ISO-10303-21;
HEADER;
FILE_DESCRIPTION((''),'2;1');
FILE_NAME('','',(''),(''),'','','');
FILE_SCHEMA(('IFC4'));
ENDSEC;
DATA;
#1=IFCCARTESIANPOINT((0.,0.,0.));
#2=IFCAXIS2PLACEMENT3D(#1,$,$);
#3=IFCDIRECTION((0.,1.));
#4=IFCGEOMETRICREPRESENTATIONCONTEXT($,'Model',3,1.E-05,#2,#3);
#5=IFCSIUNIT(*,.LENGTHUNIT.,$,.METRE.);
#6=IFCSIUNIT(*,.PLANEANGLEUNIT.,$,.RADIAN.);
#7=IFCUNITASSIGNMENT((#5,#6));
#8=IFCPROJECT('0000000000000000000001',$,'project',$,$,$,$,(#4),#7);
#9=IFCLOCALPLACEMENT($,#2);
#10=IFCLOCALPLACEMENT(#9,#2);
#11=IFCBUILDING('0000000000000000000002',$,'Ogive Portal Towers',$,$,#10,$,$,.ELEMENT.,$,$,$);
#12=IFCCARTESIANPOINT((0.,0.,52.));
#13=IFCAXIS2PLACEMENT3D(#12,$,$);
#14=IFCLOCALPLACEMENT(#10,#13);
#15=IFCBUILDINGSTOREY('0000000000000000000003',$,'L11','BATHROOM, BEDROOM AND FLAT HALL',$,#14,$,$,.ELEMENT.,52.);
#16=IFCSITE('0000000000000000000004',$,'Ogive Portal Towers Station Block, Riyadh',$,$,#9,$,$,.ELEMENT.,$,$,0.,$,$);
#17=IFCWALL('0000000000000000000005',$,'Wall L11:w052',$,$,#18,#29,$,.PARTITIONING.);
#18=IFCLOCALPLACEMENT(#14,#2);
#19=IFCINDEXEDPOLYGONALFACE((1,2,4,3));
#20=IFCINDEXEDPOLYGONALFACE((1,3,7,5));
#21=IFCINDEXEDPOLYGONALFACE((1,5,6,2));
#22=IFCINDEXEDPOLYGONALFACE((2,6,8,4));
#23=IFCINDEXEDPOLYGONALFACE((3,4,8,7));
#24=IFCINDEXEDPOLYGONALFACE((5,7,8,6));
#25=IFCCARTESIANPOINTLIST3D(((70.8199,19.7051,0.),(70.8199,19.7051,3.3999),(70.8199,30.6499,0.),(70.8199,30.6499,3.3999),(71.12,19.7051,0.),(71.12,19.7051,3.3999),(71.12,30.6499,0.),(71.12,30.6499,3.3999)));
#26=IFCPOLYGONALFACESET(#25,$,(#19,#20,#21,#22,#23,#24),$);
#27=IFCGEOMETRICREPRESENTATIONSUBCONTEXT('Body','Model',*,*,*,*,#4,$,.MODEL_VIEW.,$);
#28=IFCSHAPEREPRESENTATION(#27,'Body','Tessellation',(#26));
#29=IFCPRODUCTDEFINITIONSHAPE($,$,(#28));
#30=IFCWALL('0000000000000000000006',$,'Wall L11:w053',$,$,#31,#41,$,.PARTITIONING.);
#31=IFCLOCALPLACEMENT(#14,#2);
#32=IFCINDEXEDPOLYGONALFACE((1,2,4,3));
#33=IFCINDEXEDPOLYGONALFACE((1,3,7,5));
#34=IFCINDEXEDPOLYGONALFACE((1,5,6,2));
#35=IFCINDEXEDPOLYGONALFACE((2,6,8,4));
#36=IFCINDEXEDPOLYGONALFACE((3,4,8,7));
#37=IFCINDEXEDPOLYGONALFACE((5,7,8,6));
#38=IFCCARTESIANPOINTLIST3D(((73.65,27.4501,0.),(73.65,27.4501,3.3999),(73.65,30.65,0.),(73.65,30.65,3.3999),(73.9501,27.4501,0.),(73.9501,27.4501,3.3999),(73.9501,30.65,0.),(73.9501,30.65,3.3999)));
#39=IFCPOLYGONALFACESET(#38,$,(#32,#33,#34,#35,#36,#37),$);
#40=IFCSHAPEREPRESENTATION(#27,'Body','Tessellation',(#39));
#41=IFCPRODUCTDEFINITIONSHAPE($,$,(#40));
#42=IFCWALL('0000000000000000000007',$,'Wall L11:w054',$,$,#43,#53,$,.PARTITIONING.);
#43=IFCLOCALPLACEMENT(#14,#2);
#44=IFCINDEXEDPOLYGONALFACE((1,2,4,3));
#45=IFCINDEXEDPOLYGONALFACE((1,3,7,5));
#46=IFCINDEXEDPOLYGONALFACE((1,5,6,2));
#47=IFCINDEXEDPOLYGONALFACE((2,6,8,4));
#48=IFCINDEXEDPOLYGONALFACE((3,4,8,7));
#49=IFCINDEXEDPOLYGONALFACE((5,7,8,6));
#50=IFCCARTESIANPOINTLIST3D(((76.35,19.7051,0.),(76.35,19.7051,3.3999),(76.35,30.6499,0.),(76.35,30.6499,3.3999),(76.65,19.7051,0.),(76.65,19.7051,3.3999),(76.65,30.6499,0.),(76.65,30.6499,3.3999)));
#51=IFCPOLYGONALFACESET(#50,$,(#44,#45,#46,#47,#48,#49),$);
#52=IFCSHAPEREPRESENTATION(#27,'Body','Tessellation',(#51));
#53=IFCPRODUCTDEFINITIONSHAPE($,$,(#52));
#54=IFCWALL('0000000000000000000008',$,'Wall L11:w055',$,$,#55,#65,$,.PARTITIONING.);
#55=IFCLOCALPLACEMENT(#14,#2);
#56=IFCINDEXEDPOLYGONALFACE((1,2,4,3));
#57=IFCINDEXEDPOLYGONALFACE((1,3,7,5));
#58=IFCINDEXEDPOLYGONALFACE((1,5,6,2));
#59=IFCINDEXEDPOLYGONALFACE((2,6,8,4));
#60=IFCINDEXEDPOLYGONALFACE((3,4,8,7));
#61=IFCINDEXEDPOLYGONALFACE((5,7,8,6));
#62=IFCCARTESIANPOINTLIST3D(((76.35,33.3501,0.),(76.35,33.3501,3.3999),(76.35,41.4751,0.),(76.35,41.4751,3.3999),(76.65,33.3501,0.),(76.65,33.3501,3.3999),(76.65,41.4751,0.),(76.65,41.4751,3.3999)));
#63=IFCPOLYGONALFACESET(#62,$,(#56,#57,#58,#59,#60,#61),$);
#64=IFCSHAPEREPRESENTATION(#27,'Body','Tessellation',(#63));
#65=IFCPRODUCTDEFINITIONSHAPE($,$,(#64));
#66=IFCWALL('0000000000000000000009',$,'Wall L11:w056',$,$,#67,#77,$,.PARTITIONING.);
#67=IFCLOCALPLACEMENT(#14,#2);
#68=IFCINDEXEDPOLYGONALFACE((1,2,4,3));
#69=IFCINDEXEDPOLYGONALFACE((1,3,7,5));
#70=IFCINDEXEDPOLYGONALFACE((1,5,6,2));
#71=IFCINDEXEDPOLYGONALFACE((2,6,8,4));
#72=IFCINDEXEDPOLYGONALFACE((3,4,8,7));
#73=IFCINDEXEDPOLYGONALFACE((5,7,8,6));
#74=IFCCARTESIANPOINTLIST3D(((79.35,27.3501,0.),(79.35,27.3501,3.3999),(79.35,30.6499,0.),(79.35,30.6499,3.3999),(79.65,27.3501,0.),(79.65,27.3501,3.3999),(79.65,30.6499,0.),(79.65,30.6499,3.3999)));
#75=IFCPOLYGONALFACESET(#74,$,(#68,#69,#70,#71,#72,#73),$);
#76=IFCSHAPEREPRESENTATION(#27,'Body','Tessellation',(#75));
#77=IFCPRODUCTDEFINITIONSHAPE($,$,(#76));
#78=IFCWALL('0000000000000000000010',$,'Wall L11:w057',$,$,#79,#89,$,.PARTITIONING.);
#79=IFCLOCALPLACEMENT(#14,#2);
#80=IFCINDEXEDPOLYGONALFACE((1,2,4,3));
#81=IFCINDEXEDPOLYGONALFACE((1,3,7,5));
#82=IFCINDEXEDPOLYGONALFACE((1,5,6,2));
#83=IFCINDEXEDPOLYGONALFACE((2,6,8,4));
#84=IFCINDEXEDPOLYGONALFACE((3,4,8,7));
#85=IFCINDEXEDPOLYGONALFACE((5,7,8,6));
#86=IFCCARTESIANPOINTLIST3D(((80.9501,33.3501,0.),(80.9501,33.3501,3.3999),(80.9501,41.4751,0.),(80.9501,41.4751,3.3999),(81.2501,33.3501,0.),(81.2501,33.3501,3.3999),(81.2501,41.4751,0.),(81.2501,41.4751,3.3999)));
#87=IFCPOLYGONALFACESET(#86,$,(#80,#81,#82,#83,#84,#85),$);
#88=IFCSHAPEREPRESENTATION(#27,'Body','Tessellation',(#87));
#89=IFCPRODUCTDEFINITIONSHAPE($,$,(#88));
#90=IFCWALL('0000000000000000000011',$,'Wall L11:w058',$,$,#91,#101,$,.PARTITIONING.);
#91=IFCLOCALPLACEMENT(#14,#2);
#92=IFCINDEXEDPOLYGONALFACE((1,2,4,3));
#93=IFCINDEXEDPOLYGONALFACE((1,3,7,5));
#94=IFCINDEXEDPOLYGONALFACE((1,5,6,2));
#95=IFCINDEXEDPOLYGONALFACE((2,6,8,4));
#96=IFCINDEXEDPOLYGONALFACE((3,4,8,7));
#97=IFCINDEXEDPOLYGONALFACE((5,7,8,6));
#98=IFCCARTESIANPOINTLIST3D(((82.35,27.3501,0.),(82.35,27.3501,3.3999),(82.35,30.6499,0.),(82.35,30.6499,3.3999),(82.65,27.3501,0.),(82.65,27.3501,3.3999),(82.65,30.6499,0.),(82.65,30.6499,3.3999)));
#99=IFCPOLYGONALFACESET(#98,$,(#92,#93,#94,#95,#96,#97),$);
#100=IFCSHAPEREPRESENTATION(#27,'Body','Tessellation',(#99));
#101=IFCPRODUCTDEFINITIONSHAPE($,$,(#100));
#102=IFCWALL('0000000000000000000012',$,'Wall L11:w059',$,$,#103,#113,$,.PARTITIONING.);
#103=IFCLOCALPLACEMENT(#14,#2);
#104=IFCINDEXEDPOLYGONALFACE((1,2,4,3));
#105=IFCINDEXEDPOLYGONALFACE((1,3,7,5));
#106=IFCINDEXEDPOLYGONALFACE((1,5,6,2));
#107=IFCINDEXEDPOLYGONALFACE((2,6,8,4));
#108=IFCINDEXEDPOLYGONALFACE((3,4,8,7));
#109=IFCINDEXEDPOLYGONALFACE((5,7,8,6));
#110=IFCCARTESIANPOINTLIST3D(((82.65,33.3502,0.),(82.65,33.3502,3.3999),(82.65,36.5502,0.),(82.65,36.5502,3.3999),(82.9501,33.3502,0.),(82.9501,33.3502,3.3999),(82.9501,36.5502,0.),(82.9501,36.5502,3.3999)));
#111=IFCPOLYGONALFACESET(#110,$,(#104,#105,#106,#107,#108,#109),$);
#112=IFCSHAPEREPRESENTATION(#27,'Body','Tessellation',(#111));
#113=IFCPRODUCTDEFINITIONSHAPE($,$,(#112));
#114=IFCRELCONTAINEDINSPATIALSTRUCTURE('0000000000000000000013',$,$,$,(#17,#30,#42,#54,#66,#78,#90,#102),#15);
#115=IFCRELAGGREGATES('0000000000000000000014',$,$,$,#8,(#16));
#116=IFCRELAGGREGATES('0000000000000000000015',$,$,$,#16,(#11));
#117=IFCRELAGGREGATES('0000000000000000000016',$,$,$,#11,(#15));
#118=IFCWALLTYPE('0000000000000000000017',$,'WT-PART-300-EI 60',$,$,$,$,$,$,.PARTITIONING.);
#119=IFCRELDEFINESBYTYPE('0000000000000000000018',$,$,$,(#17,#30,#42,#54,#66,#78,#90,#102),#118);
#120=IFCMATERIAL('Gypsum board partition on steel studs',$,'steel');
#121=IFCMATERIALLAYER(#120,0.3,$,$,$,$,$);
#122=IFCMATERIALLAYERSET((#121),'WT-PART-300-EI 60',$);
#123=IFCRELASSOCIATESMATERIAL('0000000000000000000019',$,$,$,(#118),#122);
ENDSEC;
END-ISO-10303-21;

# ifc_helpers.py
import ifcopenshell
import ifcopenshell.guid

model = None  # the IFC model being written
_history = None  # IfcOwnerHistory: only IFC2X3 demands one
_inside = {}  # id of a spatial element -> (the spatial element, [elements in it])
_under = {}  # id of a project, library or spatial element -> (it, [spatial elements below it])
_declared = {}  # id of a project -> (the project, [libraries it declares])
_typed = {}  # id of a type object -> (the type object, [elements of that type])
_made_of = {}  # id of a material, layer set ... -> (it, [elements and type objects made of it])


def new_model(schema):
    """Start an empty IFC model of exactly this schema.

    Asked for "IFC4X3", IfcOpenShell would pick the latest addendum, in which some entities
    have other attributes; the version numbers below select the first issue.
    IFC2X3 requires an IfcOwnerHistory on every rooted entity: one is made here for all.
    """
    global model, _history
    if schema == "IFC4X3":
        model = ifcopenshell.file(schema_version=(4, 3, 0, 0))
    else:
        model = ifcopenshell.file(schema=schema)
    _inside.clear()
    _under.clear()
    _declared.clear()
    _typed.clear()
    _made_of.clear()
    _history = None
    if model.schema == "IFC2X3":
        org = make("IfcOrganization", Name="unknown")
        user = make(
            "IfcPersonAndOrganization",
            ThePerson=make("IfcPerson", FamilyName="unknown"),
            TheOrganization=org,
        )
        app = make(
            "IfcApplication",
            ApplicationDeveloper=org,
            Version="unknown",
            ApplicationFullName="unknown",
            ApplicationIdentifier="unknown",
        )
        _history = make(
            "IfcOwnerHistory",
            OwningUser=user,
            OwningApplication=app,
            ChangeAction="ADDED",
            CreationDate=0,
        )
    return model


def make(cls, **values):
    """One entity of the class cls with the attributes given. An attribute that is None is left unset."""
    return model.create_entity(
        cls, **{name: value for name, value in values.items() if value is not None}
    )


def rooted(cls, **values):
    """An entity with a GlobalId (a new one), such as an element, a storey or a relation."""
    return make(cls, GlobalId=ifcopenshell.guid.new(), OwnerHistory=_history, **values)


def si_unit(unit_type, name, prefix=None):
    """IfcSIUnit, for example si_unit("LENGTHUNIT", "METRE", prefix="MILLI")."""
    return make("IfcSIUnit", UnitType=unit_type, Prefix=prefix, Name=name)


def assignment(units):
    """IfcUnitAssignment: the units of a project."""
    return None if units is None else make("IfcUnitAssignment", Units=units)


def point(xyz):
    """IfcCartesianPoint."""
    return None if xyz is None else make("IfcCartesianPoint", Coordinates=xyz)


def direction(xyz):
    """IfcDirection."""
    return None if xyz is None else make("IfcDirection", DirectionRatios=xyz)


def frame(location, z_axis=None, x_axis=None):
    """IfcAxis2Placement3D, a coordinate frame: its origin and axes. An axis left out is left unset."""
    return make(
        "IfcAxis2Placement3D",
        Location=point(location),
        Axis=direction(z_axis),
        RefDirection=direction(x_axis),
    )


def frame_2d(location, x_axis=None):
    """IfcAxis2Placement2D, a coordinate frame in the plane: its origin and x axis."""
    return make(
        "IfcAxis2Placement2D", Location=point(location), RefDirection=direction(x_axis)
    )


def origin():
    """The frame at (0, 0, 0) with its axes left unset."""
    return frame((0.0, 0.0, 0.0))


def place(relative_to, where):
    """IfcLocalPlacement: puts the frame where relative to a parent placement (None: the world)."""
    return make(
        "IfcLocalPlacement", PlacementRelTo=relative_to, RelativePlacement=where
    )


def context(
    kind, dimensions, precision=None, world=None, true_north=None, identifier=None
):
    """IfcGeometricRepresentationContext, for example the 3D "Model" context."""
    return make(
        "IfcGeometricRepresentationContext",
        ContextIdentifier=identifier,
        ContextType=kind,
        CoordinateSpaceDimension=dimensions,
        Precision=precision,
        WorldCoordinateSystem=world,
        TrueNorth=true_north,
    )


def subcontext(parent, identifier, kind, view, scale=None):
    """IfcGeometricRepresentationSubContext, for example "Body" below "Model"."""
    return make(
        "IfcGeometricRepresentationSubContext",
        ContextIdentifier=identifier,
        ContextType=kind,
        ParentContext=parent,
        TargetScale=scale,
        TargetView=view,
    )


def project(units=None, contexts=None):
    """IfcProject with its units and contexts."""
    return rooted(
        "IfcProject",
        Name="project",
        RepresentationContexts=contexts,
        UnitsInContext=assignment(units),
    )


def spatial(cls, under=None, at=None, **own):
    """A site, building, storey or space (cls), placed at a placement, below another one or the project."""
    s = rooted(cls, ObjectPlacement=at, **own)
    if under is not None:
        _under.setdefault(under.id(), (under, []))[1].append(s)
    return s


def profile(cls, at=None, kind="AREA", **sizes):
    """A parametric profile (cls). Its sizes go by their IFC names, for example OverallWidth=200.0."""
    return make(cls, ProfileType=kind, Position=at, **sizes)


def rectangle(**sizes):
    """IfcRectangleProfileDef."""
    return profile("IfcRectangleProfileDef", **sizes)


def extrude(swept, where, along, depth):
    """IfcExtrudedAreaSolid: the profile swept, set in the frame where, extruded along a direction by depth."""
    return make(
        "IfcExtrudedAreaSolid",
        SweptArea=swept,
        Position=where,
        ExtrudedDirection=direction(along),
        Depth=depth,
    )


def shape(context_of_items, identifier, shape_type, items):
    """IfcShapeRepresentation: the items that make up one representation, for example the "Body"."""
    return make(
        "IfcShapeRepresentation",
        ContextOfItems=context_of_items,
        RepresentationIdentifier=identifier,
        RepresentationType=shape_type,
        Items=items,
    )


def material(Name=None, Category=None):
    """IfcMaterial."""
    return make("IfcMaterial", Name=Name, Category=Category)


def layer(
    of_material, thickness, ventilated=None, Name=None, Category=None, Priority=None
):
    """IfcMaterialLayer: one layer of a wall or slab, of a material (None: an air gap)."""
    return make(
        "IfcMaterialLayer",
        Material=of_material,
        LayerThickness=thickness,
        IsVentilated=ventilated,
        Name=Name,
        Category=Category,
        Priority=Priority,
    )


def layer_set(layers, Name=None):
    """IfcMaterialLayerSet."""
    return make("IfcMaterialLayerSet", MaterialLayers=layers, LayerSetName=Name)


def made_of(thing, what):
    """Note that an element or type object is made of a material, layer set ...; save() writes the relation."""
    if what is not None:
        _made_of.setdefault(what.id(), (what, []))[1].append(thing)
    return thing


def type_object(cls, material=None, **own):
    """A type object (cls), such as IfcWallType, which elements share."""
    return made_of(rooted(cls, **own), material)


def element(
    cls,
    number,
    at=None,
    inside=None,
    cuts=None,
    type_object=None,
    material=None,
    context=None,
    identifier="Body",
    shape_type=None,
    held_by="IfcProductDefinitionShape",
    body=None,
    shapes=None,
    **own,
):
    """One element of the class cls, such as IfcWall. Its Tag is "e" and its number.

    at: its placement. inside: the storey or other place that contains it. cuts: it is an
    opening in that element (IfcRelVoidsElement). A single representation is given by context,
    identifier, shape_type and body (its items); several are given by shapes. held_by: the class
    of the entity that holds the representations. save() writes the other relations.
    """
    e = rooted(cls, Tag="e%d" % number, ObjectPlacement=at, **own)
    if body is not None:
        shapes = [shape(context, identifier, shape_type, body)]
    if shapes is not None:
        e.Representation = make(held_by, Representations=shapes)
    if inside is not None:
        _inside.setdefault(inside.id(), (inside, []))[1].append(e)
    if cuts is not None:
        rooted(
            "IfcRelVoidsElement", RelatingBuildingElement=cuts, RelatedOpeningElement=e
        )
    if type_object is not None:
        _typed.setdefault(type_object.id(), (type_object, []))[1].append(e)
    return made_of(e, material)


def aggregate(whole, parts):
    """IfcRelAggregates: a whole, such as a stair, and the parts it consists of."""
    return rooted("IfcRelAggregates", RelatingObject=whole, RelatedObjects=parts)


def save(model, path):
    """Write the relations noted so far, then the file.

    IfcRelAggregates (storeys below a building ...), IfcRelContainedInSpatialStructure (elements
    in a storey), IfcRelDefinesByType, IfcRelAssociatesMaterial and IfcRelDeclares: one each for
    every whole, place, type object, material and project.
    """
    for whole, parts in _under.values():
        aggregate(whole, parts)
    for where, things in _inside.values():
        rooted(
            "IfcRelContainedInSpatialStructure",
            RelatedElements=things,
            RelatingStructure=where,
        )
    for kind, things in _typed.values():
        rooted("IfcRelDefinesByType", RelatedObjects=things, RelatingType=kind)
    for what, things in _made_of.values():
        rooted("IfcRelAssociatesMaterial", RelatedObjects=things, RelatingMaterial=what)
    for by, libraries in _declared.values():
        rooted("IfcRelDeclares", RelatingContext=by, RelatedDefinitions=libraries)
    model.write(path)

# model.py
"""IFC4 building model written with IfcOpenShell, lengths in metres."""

from ifc_helpers import new_model, si_unit, direction, frame, frame_2d, origin, place, context, subcontext, project, spatial, rectangle, extrude, material, layer, layer_set, type_object, element, save


model = new_model("IFC4")

# Units and contexts
model_context = context("Model", 3, precision=1e-05, world=origin(), true_north=direction((0.0, 1.0)))
body_context = subcontext(model_context, "Body", "Model", "MODEL_VIEW")
ifc_project = project(units=[si_unit("LENGTHUNIT", "METRE"), si_unit("PLANEANGLEUNIT", "RADIAN")], contexts=[model_context])

# Site, building, storey
site_placement = place(None, origin())
site = spatial("IfcSite", under=ifc_project, at=site_placement, Name="Ogive Portal Towers Station Block, Riyadh", CompositionType="ELEMENT", RefElevation=0.0)
building_placement = place(site_placement, origin())
building = spatial("IfcBuilding", under=site, at=building_placement, Name="Ogive Portal Towers", CompositionType="ELEMENT")
storey_placement = place(building_placement, frame((0.0, 0.0, 52.0)))
storey = spatial("IfcBuildingStorey", under=building, at=storey_placement, Name="L11", Description="BATHROOM, BEDROOM AND FLAT HALL", CompositionType="ELEMENT", Elevation=52.0)

# Shared definitions
ifc_material_1 = material(Name="Gypsum board partition on steel studs", Category="steel")
ifc_layer_1 = layer(ifc_material_1, 0.3)
ifc_layer_set_1 = layer_set([ifc_layer_1], Name="WT-PART-300-EI 60")
wall_type_1 = type_object("IfcWallType", Name="WT-PART-300-EI 60", PredefinedType="PARTITIONING", material=ifc_layer_set_1)

# Walls
wall_1_placement = place(storey_placement, frame((70.97, 19.7051, 0.0), z_axis=(0.0, 0.0, 1.0), x_axis=(0.0, 1.0, 0.0)))
element("IfcWall", 1, at=wall_1_placement, inside=storey, type_object=wall_type_1, Name="Wall L11:w052", PredefinedType="PARTITIONING", context=body_context, shape_type="SweptSolid", body=[
    extrude(rectangle(XDim=10.9448, YDim=0.3, at=frame_2d((5.4724, 0.0))), origin(), (0.0, 0.0, 1.0), 3.3999),
])
wall_2_placement = place(storey_placement, frame((73.8, 27.45, 0.0), z_axis=(0.0, 0.0, 1.0), x_axis=(0.0, 1.0, 0.0)))
element("IfcWall", 2, at=wall_2_placement, inside=storey, type_object=wall_type_1, Name="Wall L11:w053", PredefinedType="PARTITIONING", context=body_context, shape_type="SweptSolid", body=[
    extrude(rectangle(XDim=3.2, YDim=0.3, at=frame_2d((1.6001, 0.0))), origin(), (0.0, 0.0, 1.0), 3.3999),
])
wall_3_placement = place(storey_placement, frame((76.5, 19.7051, 0.0), z_axis=(0.0, 0.0, 1.0), x_axis=(0.0, 1.0, 0.0)))
element("IfcWall", 3, at=wall_3_placement, inside=storey, type_object=wall_type_1, Name="Wall L11:w054", PredefinedType="PARTITIONING", context=body_context, shape_type="SweptSolid", body=[
    extrude(rectangle(XDim=10.9448, YDim=0.3, at=frame_2d((5.4724, 0.0))), origin(), (0.0, 0.0, 1.0), 3.3999),
])
wall_4_placement = place(storey_placement, frame((76.5, 33.3501, 0.0), z_axis=(0.0, 0.0, 1.0), x_axis=(0.0, 1.0, 0.0)))
element("IfcWall", 4, at=wall_4_placement, inside=storey, type_object=wall_type_1, Name="Wall L11:w055", PredefinedType="PARTITIONING", context=body_context, shape_type="SweptSolid", body=[
    extrude(rectangle(XDim=8.125, YDim=0.3, at=frame_2d((4.0625, 0.0))), origin(), (0.0, 0.0, 1.0), 3.3999),
])
wall_5_placement = place(storey_placement, frame((79.5, 27.3501, 0.0), z_axis=(0.0, 0.0, 1.0), x_axis=(0.0, 1.0, 0.0)))
element("IfcWall", 5, at=wall_5_placement, inside=storey, type_object=wall_type_1, Name="Wall L11:w056", PredefinedType="PARTITIONING", context=body_context, shape_type="SweptSolid", body=[
    extrude(rectangle(XDim=3.2998, YDim=0.3, at=frame_2d((1.6499, 0.0))), origin(), (0.0, 0.0, 1.0), 3.3999),
])
wall_6_placement = place(storey_placement, frame((81.1001, 33.3501, 0.0), z_axis=(0.0, 0.0, 1.0), x_axis=(0.0, 1.0, 0.0)))
element("IfcWall", 6, at=wall_6_placement, inside=storey, type_object=wall_type_1, Name="Wall L11:w057", PredefinedType="PARTITIONING", context=body_context, shape_type="SweptSolid", body=[
    extrude(rectangle(XDim=8.125, YDim=0.3, at=frame_2d((4.0625, 0.0))), origin(), (0.0, 0.0, 1.0), 3.3999),
])
wall_7_placement = place(storey_placement, frame((82.5, 27.3501, 0.0), z_axis=(0.0, 0.0, 1.0), x_axis=(0.0, 1.0, 0.0)))
element("IfcWall", 7, at=wall_7_placement, inside=storey, type_object=wall_type_1, Name="Wall L11:w058", PredefinedType="PARTITIONING", context=body_context, shape_type="SweptSolid", body=[
    extrude(rectangle(XDim=3.2998, YDim=0.3, at=frame_2d((1.6499, 0.0))), origin(), (0.0, 0.0, 1.0), 3.3999),
])
wall_8_placement = place(storey_placement, frame((82.8, 33.3501, 0.0), z_axis=(0.0, 0.0, 1.0), x_axis=(0.0, 1.0, 0.0)))
element("IfcWall", 8, at=wall_8_placement, inside=storey, type_object=wall_type_1, Name="Wall L11:w059", PredefinedType="PARTITIONING", context=body_context, shape_type="SweptSolid", body=[
    extrude(rectangle(XDim=3.2, YDim=0.3, at=frame_2d((1.6001, 0.0))), origin(), (0.0, 0.0, 1.0), 3.3999),
])

save(model, "model.ifc")
